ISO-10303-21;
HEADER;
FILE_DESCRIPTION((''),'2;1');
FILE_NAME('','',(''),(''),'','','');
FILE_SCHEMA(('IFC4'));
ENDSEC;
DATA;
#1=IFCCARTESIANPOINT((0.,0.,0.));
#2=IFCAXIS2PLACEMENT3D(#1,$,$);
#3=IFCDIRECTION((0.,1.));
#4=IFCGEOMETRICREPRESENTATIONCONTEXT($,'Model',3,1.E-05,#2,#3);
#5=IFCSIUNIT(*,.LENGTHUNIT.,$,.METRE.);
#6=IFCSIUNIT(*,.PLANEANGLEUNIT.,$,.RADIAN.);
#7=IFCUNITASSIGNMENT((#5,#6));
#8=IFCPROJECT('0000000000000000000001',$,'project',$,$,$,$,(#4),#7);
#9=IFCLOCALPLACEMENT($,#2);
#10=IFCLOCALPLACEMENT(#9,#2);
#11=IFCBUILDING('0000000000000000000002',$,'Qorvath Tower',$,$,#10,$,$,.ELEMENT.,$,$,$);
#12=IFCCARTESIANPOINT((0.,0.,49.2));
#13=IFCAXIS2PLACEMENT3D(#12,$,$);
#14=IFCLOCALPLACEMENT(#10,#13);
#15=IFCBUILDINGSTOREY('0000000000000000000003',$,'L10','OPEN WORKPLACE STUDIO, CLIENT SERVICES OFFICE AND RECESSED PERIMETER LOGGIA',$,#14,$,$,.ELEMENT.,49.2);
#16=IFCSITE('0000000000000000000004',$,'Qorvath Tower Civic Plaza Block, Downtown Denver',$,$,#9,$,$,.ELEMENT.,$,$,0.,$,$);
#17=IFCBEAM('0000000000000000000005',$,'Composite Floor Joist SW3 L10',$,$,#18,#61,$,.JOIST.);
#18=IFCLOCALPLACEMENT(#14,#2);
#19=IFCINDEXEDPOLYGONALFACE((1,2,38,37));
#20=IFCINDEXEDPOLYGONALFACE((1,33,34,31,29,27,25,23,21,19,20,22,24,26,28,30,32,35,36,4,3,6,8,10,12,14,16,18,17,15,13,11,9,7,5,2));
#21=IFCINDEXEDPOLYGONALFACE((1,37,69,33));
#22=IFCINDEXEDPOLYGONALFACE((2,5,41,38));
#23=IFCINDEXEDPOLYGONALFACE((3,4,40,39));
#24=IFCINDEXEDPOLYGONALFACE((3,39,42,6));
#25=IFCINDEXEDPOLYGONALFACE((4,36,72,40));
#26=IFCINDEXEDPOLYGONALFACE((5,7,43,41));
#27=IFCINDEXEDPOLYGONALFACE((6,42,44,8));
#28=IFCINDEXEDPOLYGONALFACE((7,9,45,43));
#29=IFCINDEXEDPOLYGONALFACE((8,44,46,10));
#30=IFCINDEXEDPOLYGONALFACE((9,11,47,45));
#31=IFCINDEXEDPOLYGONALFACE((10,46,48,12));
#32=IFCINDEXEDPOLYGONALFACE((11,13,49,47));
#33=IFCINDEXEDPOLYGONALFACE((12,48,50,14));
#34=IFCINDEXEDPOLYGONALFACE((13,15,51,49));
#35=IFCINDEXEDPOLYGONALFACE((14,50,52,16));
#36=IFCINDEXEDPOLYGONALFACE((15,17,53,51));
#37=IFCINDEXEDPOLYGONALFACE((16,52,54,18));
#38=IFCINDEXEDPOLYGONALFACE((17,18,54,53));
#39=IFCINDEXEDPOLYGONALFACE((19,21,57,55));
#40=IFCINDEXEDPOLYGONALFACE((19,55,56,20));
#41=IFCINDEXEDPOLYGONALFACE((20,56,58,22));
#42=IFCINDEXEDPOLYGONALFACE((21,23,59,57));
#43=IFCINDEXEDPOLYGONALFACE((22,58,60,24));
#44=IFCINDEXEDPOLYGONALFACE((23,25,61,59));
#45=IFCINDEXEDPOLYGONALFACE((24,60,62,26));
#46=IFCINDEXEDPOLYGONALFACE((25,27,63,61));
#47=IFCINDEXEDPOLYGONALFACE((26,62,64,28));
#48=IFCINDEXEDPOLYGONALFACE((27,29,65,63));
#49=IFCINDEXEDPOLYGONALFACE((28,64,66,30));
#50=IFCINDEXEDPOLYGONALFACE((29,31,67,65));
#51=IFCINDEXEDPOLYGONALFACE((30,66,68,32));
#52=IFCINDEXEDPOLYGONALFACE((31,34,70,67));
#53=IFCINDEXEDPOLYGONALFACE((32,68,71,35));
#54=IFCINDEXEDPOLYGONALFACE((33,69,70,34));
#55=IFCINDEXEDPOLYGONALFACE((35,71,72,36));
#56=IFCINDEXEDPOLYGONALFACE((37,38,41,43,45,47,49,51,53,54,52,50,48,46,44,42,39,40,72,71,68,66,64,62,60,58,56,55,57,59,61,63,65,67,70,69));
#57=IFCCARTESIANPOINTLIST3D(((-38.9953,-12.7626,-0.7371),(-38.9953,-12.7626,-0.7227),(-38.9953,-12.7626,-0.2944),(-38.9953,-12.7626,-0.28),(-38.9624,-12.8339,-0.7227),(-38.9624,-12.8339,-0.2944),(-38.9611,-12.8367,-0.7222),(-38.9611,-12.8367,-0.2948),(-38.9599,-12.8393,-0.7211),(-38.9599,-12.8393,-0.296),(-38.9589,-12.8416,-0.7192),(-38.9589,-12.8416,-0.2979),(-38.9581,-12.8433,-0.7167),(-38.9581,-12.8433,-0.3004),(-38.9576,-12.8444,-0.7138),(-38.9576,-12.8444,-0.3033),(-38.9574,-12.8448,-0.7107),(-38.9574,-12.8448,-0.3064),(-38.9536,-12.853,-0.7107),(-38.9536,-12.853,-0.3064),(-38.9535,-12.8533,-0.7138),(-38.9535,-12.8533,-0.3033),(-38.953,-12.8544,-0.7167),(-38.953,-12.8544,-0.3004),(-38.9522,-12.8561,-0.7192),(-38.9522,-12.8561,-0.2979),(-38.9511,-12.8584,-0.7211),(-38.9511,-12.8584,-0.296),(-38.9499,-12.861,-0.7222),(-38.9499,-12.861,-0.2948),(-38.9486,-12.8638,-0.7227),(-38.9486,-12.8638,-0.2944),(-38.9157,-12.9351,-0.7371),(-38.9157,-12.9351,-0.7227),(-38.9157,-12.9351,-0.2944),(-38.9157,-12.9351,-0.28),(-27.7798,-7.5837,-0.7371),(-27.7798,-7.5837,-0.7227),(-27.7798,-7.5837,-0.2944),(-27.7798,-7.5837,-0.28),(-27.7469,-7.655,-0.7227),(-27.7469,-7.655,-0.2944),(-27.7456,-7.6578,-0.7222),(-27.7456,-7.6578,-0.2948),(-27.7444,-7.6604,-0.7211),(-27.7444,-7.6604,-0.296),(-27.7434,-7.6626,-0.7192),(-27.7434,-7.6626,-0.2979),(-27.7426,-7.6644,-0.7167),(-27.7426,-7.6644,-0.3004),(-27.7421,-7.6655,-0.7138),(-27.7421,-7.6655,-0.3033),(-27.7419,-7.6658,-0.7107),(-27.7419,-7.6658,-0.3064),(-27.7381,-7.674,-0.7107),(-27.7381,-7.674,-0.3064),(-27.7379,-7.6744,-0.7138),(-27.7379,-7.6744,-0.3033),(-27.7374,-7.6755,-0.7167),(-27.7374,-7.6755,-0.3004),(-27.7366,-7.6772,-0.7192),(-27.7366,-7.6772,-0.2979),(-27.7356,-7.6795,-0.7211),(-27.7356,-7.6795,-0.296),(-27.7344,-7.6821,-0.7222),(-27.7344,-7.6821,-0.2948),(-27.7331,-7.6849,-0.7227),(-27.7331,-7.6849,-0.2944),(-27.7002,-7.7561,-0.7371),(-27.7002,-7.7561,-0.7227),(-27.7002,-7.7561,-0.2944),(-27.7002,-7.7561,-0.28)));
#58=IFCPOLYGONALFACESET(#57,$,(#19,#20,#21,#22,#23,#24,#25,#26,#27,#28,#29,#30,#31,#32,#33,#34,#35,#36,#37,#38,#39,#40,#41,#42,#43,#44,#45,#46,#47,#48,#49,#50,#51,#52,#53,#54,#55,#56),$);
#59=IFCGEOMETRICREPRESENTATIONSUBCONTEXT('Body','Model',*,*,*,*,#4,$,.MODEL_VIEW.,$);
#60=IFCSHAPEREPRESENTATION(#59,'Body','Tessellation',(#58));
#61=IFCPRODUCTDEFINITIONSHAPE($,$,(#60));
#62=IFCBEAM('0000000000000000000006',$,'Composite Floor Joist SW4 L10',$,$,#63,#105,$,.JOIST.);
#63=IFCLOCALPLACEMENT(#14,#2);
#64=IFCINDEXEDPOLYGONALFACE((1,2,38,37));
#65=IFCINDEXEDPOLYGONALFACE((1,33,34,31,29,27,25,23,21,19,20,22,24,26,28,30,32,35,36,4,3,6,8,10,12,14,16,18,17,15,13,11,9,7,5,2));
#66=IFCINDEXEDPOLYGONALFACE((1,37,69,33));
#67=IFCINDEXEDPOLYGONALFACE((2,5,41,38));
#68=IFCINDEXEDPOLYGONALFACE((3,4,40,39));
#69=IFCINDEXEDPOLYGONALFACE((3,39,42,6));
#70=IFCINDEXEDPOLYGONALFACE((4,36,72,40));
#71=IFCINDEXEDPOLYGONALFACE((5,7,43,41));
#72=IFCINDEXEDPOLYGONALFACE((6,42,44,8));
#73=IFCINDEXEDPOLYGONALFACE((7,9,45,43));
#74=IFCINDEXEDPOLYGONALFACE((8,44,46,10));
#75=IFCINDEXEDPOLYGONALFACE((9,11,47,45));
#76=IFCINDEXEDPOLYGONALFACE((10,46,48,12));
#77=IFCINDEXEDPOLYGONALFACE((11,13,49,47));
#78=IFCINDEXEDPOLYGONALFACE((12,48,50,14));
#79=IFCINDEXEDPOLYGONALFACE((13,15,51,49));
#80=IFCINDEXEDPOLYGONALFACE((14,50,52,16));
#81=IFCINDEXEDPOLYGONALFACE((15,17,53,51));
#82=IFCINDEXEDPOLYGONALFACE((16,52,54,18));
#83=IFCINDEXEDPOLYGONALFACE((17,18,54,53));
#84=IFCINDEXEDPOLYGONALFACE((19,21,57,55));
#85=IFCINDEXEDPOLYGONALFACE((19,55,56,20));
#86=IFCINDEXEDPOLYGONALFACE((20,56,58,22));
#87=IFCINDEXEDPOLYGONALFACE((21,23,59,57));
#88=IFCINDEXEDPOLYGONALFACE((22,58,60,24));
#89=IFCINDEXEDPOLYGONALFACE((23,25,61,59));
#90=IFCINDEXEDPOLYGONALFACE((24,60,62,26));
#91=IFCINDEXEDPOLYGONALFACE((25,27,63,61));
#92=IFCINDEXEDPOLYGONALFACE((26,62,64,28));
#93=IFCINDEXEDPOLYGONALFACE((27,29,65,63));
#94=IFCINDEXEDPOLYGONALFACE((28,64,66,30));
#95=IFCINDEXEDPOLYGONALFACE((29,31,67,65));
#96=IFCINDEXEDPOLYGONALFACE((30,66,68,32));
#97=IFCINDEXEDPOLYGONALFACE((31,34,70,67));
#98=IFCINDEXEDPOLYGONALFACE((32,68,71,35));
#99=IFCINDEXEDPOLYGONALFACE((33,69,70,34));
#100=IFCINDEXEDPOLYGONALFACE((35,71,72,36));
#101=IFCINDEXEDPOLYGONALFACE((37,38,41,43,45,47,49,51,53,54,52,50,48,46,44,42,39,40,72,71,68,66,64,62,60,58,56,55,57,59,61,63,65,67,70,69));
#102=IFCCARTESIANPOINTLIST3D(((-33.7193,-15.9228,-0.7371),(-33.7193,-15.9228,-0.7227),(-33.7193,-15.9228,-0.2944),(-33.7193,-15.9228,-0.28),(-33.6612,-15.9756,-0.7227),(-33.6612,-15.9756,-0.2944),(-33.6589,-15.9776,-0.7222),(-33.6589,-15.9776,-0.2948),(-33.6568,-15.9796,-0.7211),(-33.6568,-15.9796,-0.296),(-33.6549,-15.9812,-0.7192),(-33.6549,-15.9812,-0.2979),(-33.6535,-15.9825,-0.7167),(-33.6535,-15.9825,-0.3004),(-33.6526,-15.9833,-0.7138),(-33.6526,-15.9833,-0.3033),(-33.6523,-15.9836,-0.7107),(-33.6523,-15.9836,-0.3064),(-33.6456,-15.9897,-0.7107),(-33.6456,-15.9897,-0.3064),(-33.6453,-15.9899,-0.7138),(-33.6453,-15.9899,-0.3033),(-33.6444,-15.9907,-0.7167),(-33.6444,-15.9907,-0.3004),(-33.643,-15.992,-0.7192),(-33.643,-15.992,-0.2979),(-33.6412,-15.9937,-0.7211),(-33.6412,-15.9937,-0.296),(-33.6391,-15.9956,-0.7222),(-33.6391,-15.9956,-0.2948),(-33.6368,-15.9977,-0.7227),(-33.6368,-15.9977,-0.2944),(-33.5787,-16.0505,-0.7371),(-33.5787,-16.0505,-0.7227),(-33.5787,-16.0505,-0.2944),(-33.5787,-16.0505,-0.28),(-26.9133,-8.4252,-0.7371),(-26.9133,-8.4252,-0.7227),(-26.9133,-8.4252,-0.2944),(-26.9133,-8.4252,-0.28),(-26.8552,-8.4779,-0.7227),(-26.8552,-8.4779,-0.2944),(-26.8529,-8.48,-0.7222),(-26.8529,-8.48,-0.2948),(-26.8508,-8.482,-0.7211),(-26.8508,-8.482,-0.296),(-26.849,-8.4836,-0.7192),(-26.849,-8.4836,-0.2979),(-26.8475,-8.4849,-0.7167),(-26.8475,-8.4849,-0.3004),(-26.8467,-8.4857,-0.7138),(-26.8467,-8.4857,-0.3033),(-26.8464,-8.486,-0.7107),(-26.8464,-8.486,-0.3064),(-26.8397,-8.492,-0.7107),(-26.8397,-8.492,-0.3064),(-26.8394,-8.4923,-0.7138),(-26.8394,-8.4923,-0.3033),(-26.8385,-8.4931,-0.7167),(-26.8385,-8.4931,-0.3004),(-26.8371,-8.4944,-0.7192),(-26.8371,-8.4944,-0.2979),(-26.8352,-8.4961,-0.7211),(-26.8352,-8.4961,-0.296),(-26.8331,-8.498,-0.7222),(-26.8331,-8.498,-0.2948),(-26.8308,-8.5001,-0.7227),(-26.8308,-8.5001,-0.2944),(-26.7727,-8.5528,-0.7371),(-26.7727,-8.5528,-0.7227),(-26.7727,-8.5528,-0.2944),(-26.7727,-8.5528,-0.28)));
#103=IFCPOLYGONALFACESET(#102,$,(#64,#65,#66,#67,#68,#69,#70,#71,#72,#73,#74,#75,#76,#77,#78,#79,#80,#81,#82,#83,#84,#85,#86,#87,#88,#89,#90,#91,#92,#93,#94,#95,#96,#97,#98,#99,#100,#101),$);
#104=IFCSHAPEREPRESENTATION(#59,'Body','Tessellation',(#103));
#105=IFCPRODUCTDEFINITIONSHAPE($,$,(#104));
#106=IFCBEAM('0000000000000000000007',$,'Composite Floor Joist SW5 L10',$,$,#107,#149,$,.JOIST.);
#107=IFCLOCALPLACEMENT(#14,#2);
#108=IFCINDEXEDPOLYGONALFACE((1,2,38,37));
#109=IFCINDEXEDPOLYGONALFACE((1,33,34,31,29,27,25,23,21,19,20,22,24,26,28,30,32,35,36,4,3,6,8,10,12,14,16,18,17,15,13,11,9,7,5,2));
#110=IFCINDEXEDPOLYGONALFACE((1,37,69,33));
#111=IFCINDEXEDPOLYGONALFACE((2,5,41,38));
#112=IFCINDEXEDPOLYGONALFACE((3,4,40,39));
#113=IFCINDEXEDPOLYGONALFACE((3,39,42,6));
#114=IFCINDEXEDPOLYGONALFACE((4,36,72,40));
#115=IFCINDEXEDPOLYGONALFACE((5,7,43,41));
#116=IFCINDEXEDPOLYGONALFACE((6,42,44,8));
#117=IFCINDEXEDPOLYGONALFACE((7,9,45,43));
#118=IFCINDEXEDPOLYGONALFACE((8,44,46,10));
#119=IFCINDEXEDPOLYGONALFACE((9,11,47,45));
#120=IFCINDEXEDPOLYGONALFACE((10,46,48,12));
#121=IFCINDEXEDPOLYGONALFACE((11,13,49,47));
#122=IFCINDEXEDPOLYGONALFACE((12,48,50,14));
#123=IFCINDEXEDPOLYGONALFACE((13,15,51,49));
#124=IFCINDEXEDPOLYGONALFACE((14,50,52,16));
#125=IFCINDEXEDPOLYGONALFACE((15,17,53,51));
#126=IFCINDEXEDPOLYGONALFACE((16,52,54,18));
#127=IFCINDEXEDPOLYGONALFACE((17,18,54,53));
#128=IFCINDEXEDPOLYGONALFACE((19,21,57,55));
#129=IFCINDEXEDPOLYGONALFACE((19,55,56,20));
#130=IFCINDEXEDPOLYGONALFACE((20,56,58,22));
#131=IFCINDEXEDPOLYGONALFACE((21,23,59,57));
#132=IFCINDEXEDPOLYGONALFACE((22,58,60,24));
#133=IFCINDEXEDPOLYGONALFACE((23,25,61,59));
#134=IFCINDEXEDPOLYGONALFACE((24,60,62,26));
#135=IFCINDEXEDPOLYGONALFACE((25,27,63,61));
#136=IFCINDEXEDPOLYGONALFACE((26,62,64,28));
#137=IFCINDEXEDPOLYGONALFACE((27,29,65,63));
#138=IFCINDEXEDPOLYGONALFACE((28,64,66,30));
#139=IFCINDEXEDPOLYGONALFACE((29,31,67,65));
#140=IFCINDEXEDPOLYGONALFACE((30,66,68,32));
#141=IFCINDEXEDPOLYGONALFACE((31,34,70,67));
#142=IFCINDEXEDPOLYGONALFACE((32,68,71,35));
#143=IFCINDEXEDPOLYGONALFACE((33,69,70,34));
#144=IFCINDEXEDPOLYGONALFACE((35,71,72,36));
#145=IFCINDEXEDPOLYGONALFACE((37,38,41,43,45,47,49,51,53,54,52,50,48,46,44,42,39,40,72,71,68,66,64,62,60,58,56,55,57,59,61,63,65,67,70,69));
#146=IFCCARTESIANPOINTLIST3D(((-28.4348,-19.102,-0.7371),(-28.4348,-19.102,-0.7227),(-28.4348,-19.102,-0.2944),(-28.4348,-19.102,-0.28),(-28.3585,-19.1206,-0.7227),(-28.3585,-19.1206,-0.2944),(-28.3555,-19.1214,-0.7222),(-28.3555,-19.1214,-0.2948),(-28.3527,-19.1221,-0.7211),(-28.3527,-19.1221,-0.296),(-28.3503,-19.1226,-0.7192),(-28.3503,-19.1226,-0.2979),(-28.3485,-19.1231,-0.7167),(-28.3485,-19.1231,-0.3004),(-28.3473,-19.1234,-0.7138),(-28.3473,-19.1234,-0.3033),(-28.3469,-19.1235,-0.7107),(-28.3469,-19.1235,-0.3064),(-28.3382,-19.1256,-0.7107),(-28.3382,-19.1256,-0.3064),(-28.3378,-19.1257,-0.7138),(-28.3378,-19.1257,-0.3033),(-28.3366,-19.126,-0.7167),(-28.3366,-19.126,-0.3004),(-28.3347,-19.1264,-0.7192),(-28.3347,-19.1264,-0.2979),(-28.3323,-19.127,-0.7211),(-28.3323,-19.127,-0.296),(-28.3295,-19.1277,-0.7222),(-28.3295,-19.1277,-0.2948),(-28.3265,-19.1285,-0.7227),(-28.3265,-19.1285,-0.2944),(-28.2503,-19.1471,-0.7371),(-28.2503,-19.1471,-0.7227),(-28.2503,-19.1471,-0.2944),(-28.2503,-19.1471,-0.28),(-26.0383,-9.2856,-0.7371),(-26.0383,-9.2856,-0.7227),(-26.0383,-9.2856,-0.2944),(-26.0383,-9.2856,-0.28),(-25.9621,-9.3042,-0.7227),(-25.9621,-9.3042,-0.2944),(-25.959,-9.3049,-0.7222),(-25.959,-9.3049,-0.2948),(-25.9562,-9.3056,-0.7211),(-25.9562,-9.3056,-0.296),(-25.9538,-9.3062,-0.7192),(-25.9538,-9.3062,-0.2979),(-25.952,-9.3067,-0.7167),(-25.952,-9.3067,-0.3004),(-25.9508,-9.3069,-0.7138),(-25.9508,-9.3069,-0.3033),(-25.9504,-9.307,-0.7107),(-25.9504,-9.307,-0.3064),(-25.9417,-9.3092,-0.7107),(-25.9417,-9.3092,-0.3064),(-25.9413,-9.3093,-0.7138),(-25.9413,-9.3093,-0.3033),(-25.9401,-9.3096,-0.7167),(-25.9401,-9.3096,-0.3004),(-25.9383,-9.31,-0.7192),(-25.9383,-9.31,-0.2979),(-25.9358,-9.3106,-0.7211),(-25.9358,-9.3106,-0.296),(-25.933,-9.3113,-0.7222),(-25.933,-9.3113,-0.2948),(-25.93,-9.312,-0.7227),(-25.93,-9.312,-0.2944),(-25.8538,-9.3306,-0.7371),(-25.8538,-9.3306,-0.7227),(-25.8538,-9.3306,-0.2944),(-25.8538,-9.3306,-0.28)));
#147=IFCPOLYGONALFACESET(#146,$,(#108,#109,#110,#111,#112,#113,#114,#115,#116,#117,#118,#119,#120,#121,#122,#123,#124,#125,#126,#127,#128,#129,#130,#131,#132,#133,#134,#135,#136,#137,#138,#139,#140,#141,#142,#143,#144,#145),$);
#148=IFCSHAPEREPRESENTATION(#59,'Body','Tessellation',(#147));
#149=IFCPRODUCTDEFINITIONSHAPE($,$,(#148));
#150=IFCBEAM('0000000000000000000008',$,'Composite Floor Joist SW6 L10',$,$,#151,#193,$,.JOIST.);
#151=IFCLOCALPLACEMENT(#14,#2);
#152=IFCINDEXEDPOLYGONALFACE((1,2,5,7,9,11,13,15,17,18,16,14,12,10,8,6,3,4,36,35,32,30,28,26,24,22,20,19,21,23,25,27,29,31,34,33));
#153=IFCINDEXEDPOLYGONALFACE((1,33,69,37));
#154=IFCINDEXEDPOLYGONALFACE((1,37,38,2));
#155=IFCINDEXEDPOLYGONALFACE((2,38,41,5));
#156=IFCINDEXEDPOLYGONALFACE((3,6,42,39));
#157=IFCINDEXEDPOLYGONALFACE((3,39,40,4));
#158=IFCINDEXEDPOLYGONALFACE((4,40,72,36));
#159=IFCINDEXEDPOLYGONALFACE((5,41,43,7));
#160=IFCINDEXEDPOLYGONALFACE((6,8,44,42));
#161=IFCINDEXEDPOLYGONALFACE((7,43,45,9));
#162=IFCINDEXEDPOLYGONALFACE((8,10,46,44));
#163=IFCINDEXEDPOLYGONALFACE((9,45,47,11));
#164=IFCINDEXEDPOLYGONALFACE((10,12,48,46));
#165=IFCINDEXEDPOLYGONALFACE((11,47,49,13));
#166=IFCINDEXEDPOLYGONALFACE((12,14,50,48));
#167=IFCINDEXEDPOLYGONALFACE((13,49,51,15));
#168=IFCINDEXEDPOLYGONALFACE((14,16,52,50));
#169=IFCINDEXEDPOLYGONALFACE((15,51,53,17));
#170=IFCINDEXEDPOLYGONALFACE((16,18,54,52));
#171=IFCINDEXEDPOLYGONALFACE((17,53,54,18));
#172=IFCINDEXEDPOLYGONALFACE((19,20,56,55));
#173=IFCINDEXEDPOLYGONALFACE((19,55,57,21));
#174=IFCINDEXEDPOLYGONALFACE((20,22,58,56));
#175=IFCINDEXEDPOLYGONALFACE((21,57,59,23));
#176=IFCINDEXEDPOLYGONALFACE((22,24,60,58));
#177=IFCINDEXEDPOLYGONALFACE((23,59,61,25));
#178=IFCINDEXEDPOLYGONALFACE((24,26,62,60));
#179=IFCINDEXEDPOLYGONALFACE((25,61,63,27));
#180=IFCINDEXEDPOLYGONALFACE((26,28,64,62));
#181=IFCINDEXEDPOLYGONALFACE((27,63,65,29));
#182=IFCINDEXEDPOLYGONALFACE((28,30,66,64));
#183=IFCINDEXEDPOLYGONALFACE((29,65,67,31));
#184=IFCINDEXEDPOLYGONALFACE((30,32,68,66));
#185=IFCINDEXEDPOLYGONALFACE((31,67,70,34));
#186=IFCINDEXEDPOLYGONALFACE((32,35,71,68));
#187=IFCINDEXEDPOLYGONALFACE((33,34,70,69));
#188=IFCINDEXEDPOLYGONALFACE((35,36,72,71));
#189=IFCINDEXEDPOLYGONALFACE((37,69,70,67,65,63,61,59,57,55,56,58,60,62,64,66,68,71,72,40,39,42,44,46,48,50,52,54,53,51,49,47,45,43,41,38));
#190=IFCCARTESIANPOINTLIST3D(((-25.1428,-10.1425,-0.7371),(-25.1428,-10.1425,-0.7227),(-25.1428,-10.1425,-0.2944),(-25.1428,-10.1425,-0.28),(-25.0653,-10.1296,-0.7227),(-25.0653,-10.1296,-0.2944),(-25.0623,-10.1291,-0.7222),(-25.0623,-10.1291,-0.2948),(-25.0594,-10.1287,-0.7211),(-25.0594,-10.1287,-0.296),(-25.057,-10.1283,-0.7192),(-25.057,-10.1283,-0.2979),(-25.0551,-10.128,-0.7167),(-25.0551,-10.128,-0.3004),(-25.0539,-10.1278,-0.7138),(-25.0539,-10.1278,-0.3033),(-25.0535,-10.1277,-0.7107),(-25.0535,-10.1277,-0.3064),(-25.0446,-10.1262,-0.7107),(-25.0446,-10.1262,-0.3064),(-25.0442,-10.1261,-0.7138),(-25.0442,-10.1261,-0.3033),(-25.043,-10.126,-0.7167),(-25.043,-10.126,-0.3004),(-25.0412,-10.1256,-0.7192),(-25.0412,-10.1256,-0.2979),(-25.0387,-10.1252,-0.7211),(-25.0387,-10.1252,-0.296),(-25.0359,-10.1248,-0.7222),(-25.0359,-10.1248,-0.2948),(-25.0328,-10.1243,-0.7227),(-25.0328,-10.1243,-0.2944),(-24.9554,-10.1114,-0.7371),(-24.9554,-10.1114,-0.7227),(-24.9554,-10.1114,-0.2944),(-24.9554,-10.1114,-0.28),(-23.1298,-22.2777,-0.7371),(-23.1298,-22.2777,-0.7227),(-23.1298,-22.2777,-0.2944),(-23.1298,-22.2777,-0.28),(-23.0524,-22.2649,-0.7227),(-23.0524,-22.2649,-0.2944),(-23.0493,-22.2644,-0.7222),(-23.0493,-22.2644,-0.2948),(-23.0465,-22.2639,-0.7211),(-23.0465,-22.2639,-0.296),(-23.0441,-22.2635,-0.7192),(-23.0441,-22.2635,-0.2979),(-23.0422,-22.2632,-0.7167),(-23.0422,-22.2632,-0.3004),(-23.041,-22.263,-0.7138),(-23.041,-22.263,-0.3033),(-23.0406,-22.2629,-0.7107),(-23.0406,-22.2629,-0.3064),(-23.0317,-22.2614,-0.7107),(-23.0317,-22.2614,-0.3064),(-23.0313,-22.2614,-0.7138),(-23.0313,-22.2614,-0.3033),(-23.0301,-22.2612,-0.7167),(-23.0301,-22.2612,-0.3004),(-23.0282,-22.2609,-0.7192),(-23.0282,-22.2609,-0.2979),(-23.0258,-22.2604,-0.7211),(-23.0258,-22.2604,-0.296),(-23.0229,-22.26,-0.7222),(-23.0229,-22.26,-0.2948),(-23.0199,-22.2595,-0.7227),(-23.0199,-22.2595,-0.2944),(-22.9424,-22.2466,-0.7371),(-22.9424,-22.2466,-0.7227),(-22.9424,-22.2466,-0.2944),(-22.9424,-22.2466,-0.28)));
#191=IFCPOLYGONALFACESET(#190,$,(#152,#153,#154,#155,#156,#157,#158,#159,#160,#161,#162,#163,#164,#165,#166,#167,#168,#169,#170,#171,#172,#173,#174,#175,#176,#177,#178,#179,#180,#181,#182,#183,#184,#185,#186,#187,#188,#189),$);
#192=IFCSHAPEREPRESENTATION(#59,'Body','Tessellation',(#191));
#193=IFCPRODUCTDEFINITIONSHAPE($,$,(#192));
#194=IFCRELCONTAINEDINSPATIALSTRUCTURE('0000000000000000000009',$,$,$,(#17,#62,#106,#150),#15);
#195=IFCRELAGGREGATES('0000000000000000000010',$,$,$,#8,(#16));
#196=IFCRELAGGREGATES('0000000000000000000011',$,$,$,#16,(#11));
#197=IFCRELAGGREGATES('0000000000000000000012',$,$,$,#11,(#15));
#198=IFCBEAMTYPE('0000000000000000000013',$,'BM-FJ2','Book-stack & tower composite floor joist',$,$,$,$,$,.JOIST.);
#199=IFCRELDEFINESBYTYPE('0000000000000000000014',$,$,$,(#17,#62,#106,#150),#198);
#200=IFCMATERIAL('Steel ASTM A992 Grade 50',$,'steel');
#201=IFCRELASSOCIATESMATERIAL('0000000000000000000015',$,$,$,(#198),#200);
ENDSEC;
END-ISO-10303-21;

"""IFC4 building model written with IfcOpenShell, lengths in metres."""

from ifc_helpers import new_model, si_unit, direction, frame, origin, origin_2d, place, context, subcontext, project, spatial, i_section, extrude, material, material_profile, profile_set, type_object, element, save


model = new_model("IFC4")

# Units and contexts
model_context = context("Model", 3, precision=1e-05, world=origin(), true_north=direction((0.0, 1.0)))
body_context = subcontext(model_context, "Body", "Model", "MODEL_VIEW")
ifc_project = project(units=[si_unit("LENGTHUNIT", "METRE"), si_unit("PLANEANGLEUNIT", "RADIAN")], contexts=[model_context])

# Site, building, storey
site_placement = place(None, origin())
site = spatial("IfcSite", under=ifc_project, at=site_placement, Name="Qorvath Tower Civic Plaza Block, Downtown Denver", CompositionType="ELEMENT", RefElevation=0.0)
building_placement = place(site_placement, origin())
building = spatial("IfcBuilding", under=site, at=building_placement, Name="Qorvath Tower", CompositionType="ELEMENT")
storey_placement = place(building_placement, frame((0.0, 0.0, 49.2)))
storey = spatial("IfcBuildingStorey", under=building, at=storey_placement, Name="L10", Description="OPEN WORKPLACE STUDIO, CLIENT SERVICES OFFICE AND RECESSED PERIMETER LOGGIA", CompositionType="ELEMENT", Elevation=49.2)

# Beams
ifc_material_1 = material(Name="Steel ASTM A992 Grade 50", Category="steel")
ifc_material_profile_1 = material_profile(ifc_material_1, i_section(OverallWidth=0.1899, OverallDepth=0.457, WebThickness=0.009, FlangeThickness=0.0144, FilletRadius=0.012, at=origin_2d()), Name="W18x50")
ifc_profile_set_1 = profile_set([ifc_material_profile_1], Name="Steel ASTM A992 Grade 50")
beam_type_1 = type_object("IfcBeamType", Name="BM-FJ2", Description="Book-stack & tower composite floor joist", PredefinedType="JOIST", material=ifc_profile_set_1)
beam_1_placement = place(storey_placement, frame((-27.74, -7.6699, -0.5085), z_axis=(-0.907881, -0.419227, 0.0), x_axis=(0.419227, -0.907881, 0.0)))
element("IfcBeam", 1, at=beam_1_placement, inside=storey, type_object=beam_type_1, Name="Composite Floor Joist SW3 L10", PredefinedType="JOIST", context=body_context, shape_type="SweptSolid", body=[
    extrude(i_section(OverallWidth=0.1899, OverallDepth=0.457, WebThickness=0.009, FlangeThickness=0.0144, FilletRadius=0.012, at=origin_2d()), origin(), (0.0, 0.0, 1.0), 12.3535),
])
beam_2_placement = place(storey_placement, frame((-26.843, -8.489, -0.5085), z_axis=(-0.672129, -0.740434, 0.0), x_axis=(0.740434, -0.672129, 0.0)))
element("IfcBeam", 2, at=beam_2_placement, inside=storey, type_object=beam_type_1, Name="Composite Floor Joist SW4 L10", PredefinedType="JOIST", context=body_context, shape_type="SweptSolid", body=[
    extrude(i_section(OverallWidth=0.1899, OverallDepth=0.457, WebThickness=0.009, FlangeThickness=0.0144, FilletRadius=0.012, at=origin_2d()), origin(), (0.0, 0.0, 1.0), 10.126),
])
beam_3_placement = place(storey_placement, frame((-25.946, -9.3081, -0.5085), z_axis=(-0.237165, -0.971469, 0.0), x_axis=(0.971469, -0.237165, 0.0)))
element("IfcBeam", 3, at=beam_3_placement, inside=storey, type_object=beam_type_1, Name="Composite Floor Joist SW5 L10", PredefinedType="JOIST", context=body_context, shape_type="SweptSolid", body=[
    extrude(i_section(OverallWidth=0.1899, OverallDepth=0.457, WebThickness=0.009, FlangeThickness=0.0144, FilletRadius=0.012, at=origin_2d()), origin(), (0.0, 0.0, 1.0), 10.1047),
])
beam_4_placement = place(storey_placement, frame((-25.0491, -10.127, -0.5085), z_axis=(0.163639, -0.98652, 0.0), x_axis=(0.98652, 0.163639, 0.0)))
element("IfcBeam", 4, at=beam_4_placement, inside=storey, type_object=beam_type_1, Name="Composite Floor Joist SW6 L10", PredefinedType="JOIST", context=body_context, shape_type="SweptSolid", body=[
    extrude(i_section(OverallWidth=0.1899, OverallDepth=0.457, WebThickness=0.009, FlangeThickness=0.0144, FilletRadius=0.012, at=origin_2d()), origin(), (0.0, 0.0, 1.0), 12.301),
])

save(model, "model.ifc")
